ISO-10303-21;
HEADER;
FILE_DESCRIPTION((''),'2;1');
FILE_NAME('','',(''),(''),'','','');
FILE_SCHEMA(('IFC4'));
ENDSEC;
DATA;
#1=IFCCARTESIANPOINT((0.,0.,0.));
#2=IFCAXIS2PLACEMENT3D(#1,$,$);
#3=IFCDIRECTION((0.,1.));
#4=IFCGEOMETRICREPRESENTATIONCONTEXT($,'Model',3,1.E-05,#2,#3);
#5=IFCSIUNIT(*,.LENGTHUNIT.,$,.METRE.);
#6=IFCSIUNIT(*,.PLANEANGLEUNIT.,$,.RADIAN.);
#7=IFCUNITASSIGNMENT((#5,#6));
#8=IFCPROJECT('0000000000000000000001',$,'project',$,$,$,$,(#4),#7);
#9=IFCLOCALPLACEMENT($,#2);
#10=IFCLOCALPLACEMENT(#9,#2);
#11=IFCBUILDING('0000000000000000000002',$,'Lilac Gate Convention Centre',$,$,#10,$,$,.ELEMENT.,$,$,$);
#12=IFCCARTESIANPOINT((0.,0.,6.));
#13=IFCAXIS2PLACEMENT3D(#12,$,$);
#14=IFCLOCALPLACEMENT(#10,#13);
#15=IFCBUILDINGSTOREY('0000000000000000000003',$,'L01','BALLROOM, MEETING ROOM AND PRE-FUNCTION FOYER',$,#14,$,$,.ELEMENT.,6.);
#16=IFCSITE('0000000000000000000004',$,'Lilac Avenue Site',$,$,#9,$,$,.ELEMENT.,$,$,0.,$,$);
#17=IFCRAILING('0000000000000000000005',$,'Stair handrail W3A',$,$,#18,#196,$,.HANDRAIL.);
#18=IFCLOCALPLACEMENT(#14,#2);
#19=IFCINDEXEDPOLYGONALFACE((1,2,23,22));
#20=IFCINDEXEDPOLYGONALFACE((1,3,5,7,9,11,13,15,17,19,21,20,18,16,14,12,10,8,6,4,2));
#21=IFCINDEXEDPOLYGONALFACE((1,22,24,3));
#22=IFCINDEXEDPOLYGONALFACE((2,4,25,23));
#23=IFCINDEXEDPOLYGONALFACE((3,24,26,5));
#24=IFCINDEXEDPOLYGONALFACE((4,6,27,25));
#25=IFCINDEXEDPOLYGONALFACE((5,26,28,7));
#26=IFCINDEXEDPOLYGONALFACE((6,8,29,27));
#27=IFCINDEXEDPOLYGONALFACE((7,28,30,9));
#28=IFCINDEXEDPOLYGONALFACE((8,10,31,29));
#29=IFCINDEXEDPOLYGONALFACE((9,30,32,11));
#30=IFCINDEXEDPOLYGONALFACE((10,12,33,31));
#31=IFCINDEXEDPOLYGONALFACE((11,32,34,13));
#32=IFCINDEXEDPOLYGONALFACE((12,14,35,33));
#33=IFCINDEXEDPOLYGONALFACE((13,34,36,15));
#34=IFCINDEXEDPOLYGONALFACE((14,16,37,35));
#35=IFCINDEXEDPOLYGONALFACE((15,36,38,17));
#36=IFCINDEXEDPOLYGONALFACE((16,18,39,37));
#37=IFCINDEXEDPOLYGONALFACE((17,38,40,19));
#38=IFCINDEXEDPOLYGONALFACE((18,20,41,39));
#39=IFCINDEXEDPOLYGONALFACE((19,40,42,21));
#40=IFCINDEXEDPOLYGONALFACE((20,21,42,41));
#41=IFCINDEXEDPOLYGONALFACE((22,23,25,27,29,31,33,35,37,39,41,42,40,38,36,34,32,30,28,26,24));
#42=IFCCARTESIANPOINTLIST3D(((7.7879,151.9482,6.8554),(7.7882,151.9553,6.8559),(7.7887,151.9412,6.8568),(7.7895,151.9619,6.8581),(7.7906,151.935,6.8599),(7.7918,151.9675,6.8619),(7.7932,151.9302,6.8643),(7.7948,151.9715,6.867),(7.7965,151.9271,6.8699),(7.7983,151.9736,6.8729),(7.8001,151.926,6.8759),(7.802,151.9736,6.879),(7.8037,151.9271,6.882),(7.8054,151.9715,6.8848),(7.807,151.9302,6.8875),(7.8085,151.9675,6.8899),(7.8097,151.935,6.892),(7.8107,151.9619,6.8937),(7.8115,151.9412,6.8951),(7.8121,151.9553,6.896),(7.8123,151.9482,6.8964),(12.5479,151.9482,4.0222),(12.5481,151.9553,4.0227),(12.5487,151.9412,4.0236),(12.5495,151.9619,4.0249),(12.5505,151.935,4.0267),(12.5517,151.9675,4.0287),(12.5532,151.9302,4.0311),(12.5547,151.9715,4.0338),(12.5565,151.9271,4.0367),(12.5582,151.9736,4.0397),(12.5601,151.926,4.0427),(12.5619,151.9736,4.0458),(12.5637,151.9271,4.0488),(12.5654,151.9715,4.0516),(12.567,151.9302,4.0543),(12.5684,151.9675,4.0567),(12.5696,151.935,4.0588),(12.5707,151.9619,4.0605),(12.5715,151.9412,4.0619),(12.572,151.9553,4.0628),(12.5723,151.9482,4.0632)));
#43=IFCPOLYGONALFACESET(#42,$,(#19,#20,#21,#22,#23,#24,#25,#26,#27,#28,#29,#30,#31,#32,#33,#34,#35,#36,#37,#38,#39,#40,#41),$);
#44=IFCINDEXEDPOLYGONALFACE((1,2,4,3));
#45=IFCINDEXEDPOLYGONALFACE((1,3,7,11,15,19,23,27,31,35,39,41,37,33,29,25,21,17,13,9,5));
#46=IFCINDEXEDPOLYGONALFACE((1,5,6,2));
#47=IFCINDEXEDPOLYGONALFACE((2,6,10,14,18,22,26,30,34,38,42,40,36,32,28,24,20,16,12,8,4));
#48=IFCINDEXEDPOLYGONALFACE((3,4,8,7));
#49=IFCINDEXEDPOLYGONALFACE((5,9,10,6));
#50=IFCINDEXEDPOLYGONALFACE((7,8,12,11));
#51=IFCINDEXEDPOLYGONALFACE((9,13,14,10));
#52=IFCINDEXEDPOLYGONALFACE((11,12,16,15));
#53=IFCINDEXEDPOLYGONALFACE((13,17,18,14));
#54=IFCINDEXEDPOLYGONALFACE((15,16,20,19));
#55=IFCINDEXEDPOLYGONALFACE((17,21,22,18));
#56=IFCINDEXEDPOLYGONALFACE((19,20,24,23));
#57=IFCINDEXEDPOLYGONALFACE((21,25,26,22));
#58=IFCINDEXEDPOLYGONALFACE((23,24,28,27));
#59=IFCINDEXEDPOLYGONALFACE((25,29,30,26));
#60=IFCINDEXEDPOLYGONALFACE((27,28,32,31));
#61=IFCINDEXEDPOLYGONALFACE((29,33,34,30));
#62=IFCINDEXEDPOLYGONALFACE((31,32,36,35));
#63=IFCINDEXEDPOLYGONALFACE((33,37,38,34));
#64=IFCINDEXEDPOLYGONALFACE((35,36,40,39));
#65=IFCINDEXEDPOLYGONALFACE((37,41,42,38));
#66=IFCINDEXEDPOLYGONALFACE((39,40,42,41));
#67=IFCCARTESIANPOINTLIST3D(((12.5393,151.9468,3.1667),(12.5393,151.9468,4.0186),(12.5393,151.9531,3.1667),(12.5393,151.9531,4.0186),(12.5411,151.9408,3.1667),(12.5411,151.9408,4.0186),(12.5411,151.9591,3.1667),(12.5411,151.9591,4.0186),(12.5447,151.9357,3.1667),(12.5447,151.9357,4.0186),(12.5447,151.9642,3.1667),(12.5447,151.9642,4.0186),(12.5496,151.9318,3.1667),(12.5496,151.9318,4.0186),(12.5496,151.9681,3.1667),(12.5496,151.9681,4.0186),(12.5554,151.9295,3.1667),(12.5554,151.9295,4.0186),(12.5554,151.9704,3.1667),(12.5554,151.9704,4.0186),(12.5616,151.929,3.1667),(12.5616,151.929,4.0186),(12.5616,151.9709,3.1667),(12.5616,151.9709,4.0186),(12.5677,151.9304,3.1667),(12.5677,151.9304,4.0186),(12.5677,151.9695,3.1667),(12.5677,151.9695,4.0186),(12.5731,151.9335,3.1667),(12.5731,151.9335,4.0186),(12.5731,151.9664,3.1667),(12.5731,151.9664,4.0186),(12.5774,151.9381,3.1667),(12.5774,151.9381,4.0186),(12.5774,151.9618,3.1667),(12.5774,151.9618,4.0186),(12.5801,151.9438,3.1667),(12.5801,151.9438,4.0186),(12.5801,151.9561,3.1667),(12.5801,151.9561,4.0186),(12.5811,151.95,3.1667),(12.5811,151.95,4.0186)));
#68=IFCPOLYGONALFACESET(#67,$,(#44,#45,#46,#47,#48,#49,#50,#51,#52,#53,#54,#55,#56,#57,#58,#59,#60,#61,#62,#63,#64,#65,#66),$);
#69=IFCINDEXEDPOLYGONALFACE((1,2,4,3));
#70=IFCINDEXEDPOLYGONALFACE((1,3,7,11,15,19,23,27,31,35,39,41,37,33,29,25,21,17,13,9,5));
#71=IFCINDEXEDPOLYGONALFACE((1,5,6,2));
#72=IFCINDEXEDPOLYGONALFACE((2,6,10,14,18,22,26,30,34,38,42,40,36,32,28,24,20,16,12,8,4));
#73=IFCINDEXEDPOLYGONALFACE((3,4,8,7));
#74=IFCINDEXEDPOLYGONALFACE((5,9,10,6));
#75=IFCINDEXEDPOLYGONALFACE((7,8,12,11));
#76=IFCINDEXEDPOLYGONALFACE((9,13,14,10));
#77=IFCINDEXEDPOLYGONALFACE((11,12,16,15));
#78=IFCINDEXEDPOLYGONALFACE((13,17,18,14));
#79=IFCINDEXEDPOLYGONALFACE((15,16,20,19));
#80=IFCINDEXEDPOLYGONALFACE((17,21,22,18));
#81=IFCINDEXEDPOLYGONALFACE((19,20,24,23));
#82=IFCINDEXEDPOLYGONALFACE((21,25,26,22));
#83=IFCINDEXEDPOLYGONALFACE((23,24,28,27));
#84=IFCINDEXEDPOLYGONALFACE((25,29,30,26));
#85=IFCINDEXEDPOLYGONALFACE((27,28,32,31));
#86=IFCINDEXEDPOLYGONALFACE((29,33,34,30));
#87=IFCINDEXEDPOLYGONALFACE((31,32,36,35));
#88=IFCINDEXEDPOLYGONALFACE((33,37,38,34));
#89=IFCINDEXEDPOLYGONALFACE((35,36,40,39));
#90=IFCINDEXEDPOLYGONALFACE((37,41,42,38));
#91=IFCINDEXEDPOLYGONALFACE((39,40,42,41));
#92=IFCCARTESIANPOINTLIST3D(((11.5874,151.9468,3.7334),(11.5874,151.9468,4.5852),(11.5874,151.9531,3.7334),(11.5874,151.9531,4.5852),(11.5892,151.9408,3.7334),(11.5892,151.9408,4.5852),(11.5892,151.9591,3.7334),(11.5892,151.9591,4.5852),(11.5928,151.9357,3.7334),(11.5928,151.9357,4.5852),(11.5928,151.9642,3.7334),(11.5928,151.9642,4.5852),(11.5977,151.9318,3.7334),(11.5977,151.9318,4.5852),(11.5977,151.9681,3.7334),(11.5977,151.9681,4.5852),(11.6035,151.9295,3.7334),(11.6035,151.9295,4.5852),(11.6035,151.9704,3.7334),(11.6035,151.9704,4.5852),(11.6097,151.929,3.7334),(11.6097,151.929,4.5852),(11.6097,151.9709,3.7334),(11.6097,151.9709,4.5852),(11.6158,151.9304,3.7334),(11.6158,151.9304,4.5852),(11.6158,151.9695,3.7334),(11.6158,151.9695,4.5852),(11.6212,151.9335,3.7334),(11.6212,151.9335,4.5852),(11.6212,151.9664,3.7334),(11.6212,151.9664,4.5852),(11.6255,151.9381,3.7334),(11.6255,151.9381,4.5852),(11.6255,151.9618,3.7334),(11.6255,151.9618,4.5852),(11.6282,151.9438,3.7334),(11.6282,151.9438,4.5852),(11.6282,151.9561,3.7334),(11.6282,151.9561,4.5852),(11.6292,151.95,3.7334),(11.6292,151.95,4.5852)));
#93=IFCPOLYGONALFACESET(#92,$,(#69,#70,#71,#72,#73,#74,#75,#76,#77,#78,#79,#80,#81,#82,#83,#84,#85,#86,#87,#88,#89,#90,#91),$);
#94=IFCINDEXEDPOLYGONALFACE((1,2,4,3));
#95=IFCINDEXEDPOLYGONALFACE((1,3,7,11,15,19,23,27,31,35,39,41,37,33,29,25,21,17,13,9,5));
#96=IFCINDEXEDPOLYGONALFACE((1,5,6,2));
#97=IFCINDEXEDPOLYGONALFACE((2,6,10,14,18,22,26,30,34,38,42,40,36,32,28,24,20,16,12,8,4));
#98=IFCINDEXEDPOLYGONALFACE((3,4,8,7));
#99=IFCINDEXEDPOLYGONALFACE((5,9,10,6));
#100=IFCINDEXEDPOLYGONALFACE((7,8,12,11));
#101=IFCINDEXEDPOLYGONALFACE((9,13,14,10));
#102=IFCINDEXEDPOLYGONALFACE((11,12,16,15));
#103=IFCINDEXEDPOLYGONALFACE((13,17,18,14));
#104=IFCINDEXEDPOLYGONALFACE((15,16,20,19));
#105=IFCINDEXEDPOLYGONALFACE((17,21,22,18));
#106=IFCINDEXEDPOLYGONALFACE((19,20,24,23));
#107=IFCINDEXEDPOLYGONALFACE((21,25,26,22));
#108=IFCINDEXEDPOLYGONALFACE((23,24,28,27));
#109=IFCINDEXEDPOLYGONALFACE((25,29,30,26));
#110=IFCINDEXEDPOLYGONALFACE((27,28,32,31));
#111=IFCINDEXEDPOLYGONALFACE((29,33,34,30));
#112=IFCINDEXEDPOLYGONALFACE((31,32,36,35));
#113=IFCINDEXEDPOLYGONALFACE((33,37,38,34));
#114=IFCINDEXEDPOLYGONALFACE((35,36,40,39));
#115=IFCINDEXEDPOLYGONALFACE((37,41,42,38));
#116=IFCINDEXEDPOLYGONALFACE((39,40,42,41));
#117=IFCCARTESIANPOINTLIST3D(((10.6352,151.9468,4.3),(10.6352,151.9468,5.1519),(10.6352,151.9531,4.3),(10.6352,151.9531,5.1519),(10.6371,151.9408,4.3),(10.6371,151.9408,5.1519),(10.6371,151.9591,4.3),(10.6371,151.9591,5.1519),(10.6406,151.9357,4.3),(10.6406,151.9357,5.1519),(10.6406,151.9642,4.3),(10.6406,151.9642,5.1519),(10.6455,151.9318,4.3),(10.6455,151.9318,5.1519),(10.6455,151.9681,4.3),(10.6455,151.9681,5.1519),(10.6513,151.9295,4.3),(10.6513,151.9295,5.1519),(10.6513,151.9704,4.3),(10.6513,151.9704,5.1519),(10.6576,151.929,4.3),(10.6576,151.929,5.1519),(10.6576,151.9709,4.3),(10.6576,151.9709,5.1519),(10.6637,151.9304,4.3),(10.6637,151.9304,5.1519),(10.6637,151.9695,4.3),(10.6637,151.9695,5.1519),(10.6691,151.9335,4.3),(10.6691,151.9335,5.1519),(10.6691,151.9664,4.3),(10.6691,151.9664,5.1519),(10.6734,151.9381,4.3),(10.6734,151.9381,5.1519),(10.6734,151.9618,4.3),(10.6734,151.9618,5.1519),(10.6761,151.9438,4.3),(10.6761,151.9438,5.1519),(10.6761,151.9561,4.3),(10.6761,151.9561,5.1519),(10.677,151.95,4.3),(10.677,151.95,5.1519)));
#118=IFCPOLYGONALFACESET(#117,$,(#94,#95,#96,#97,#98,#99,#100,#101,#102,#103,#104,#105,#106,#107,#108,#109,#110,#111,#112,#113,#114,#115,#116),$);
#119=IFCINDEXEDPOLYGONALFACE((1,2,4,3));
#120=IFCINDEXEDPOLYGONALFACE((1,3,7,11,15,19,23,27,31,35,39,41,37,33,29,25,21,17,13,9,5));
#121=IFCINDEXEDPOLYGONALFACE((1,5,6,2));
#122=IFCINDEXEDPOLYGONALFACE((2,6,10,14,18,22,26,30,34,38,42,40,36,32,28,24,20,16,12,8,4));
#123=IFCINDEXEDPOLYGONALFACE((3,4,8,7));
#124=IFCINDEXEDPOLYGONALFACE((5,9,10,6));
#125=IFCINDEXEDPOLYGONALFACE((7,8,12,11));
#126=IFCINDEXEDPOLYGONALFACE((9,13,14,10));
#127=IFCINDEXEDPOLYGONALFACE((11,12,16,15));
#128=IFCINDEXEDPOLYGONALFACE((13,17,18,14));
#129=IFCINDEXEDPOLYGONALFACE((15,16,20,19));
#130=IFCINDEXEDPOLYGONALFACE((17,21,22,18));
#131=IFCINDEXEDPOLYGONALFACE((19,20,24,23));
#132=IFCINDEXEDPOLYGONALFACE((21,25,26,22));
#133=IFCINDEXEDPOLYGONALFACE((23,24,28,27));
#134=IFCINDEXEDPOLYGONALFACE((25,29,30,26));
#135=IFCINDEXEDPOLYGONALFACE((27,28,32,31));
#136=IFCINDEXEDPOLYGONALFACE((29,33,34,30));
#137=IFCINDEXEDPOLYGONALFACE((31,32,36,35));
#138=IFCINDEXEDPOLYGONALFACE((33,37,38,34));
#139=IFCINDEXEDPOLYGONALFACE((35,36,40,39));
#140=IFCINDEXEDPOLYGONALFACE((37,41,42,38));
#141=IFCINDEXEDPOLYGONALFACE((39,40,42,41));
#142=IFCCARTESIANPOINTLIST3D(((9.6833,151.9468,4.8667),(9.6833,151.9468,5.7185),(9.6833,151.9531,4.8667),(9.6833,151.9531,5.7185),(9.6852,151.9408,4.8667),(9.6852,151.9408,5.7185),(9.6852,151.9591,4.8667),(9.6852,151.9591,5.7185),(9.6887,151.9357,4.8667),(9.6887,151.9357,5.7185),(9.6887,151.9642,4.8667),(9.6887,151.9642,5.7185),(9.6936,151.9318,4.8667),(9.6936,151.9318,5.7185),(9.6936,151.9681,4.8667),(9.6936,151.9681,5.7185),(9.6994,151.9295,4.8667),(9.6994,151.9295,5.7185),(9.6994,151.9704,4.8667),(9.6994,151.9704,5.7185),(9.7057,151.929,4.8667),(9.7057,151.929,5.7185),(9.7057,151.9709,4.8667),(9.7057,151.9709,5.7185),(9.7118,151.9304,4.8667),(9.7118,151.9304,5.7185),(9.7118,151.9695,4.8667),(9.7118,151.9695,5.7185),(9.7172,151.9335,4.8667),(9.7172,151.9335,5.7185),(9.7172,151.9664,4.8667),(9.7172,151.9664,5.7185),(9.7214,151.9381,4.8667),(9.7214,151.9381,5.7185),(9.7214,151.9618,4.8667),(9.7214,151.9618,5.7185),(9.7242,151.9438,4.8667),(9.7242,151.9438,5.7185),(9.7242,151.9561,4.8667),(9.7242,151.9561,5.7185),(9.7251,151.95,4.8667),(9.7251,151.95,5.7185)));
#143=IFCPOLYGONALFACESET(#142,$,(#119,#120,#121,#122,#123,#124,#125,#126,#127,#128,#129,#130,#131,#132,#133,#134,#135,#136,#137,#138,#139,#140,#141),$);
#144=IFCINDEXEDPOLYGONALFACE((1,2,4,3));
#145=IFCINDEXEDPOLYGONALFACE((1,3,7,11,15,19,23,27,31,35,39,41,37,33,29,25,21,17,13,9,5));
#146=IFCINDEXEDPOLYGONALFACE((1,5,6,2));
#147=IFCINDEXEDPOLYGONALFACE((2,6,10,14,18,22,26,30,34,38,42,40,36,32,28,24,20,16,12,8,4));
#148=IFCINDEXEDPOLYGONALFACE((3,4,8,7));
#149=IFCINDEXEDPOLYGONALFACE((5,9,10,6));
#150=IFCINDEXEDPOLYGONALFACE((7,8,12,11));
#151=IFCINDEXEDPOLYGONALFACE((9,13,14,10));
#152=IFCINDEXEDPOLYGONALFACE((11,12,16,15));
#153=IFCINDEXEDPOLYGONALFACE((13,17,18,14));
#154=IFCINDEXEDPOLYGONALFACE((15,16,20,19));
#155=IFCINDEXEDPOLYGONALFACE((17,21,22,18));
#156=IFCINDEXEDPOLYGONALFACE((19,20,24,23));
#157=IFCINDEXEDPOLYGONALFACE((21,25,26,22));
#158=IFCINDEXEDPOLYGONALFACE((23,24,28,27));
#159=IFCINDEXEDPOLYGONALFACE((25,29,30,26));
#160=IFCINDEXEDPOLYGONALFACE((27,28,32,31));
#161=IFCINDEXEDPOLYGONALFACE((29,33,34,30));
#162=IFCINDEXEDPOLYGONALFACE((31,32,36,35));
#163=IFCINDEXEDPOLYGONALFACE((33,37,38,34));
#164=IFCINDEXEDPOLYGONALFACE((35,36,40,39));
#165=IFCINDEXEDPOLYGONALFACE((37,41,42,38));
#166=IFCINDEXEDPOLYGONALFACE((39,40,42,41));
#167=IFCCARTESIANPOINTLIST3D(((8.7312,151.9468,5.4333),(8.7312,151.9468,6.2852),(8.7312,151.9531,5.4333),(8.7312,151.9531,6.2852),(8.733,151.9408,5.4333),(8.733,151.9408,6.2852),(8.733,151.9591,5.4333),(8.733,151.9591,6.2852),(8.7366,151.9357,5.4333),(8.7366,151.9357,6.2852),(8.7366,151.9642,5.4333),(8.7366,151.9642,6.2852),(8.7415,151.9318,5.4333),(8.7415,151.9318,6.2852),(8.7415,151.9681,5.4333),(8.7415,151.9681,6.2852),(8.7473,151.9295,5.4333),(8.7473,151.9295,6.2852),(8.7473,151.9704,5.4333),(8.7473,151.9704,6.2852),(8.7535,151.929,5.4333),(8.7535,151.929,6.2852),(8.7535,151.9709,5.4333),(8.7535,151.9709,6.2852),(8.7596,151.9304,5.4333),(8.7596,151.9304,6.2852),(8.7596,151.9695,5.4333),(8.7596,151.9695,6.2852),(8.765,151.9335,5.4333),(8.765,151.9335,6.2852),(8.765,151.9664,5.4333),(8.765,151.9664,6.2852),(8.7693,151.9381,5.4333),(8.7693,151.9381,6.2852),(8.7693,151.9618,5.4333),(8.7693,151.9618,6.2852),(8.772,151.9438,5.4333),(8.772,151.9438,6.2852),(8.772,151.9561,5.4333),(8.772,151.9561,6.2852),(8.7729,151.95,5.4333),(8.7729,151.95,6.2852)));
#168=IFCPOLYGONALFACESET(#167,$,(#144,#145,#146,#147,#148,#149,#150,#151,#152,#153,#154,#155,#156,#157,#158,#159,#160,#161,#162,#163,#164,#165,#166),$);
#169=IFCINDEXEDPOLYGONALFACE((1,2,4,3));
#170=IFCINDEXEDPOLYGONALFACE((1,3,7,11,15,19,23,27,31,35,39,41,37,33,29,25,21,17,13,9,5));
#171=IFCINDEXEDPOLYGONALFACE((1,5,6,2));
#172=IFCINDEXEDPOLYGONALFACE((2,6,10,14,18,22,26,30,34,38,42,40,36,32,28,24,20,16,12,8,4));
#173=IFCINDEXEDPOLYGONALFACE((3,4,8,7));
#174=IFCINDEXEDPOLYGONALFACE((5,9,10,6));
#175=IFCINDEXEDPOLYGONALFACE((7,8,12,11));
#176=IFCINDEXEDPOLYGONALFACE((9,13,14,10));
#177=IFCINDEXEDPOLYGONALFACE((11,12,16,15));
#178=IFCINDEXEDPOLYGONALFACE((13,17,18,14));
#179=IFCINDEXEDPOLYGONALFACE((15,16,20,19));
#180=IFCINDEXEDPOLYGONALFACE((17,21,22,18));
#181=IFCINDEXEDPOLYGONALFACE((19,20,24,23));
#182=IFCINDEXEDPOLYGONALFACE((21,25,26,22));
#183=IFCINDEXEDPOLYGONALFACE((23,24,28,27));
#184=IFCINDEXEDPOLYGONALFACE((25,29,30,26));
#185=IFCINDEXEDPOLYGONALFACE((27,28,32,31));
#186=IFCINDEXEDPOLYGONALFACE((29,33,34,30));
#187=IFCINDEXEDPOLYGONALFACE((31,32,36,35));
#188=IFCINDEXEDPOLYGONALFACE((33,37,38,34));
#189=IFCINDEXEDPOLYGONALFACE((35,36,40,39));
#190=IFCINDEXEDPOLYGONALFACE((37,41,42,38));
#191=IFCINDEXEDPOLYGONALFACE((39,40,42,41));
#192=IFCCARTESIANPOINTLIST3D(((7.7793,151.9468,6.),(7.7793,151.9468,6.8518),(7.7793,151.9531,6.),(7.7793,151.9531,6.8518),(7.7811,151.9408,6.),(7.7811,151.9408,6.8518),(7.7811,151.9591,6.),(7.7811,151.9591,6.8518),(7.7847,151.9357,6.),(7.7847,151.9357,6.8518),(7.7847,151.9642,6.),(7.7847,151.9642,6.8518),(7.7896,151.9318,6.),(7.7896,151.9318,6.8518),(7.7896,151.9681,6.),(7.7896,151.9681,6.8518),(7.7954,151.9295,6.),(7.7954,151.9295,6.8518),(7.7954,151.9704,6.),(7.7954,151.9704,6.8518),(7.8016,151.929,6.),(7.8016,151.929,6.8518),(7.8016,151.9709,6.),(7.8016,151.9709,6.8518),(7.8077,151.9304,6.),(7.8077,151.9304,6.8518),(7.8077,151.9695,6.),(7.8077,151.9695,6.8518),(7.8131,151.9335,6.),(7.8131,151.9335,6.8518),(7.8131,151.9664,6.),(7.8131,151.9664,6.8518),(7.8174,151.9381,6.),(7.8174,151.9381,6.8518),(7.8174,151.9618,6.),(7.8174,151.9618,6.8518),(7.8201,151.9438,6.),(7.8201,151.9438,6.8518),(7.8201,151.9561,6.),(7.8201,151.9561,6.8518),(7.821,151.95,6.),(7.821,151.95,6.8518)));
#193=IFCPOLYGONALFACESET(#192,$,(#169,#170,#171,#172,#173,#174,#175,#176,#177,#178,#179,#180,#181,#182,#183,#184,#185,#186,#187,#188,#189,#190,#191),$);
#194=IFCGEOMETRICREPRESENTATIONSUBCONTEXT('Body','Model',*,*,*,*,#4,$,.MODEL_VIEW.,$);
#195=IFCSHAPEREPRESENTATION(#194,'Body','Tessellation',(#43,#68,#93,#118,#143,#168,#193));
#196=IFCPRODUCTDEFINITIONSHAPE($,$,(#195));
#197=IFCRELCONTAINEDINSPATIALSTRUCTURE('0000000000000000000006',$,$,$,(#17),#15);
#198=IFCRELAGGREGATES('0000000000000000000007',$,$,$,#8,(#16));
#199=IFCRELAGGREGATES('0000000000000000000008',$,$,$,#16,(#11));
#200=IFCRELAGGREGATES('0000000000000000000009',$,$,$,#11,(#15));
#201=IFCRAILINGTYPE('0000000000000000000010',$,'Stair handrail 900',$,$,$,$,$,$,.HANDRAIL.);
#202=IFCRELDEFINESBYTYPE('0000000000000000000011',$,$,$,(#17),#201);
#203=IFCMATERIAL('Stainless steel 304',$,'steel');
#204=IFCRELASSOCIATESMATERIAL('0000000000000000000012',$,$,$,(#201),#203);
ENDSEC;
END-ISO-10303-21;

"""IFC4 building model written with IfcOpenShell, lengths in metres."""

from ifc_helpers import new_model, si_unit, direction, frame, origin, origin_2d, place, context, subcontext, project, spatial, circle, extrude, material, type_object, element, save


model = new_model("IFC4")

# Units and contexts
model_context = context("Model", 3, precision=1e-05, world=origin(), true_north=direction((0.0, 1.0)))
body_context = subcontext(model_context, "Body", "Model", "MODEL_VIEW")
ifc_project = project(units=[si_unit("LENGTHUNIT", "METRE"), si_unit("PLANEANGLEUNIT", "RADIAN")], contexts=[model_context])

# Site, building, storey
site_placement = place(None, origin())
site = spatial("IfcSite", under=ifc_project, at=site_placement, Name="Lilac Avenue Site", CompositionType="ELEMENT", RefElevation=0.0)
building_placement = place(site_placement, origin())
building = spatial("IfcBuilding", under=site, at=building_placement, Name="Lilac Gate Convention Centre", CompositionType="ELEMENT")
storey_placement = place(building_placement, frame((0.0, 0.0, 6.0)))
storey = spatial("IfcBuildingStorey", under=building, at=storey_placement, Name="L01", Description="BALLROOM, MEETING ROOM AND PRE-FUNCTION FOYER", CompositionType="ELEMENT", Elevation=6.0)

# Shared definitions
ifc_material_1 = material(Name="Stainless steel 304", Category="steel")

# Railing
railing_type = type_object("IfcRailingType", Name="Stair handrail 900", PredefinedType="HANDRAIL", material=ifc_material_1)
for number, where, name in (
    (1, (12.5601, 151.95, 3.1667), "Stair handrail W3A"),
):
    element("IfcRailing", number, at=place(storey_placement, frame(where)), inside=storey, type_object=railing_type, Name=name, PredefinedType="HANDRAIL", context=body_context, shape_type="SweptSolid", body=[
        extrude(circle(Radius=0.0239, at=origin_2d()), frame((0.0, 0.0, 0.876), z_axis=(-0.8593, 0.0, 0.511472), x_axis=(0.0, -1.0, 0.0)), (0.0, 0.0, 1.0), 5.5393),
        extrude(circle(Radius=0.021, at=origin_2d()), origin(), (0.0, 0.0, 1.0), 0.8518),
        extrude(circle(Radius=0.021, at=origin_2d()), frame((-0.9519, 0.0, 0.5667)), (0.0, 0.0, 1.0), 0.8518),
        extrude(circle(Radius=0.021, at=origin_2d()), frame((-1.9041, 0.0, 1.1333)), (0.0, 0.0, 1.0), 0.8518),
        extrude(circle(Radius=0.021, at=origin_2d()), frame((-2.856, 0.0, 1.7)), (0.0, 0.0, 1.0), 0.8518),
        extrude(circle(Radius=0.021, at=origin_2d()), frame((-3.8081, 0.0, 2.2666)), (0.0, 0.0, 1.0), 0.8518),
        extrude(circle(Radius=0.021, at=origin_2d()), frame((-4.76, 0.0, 2.8333)), (0.0, 0.0, 1.0), 0.8518),
    ])

save(model, "model.ifc")
